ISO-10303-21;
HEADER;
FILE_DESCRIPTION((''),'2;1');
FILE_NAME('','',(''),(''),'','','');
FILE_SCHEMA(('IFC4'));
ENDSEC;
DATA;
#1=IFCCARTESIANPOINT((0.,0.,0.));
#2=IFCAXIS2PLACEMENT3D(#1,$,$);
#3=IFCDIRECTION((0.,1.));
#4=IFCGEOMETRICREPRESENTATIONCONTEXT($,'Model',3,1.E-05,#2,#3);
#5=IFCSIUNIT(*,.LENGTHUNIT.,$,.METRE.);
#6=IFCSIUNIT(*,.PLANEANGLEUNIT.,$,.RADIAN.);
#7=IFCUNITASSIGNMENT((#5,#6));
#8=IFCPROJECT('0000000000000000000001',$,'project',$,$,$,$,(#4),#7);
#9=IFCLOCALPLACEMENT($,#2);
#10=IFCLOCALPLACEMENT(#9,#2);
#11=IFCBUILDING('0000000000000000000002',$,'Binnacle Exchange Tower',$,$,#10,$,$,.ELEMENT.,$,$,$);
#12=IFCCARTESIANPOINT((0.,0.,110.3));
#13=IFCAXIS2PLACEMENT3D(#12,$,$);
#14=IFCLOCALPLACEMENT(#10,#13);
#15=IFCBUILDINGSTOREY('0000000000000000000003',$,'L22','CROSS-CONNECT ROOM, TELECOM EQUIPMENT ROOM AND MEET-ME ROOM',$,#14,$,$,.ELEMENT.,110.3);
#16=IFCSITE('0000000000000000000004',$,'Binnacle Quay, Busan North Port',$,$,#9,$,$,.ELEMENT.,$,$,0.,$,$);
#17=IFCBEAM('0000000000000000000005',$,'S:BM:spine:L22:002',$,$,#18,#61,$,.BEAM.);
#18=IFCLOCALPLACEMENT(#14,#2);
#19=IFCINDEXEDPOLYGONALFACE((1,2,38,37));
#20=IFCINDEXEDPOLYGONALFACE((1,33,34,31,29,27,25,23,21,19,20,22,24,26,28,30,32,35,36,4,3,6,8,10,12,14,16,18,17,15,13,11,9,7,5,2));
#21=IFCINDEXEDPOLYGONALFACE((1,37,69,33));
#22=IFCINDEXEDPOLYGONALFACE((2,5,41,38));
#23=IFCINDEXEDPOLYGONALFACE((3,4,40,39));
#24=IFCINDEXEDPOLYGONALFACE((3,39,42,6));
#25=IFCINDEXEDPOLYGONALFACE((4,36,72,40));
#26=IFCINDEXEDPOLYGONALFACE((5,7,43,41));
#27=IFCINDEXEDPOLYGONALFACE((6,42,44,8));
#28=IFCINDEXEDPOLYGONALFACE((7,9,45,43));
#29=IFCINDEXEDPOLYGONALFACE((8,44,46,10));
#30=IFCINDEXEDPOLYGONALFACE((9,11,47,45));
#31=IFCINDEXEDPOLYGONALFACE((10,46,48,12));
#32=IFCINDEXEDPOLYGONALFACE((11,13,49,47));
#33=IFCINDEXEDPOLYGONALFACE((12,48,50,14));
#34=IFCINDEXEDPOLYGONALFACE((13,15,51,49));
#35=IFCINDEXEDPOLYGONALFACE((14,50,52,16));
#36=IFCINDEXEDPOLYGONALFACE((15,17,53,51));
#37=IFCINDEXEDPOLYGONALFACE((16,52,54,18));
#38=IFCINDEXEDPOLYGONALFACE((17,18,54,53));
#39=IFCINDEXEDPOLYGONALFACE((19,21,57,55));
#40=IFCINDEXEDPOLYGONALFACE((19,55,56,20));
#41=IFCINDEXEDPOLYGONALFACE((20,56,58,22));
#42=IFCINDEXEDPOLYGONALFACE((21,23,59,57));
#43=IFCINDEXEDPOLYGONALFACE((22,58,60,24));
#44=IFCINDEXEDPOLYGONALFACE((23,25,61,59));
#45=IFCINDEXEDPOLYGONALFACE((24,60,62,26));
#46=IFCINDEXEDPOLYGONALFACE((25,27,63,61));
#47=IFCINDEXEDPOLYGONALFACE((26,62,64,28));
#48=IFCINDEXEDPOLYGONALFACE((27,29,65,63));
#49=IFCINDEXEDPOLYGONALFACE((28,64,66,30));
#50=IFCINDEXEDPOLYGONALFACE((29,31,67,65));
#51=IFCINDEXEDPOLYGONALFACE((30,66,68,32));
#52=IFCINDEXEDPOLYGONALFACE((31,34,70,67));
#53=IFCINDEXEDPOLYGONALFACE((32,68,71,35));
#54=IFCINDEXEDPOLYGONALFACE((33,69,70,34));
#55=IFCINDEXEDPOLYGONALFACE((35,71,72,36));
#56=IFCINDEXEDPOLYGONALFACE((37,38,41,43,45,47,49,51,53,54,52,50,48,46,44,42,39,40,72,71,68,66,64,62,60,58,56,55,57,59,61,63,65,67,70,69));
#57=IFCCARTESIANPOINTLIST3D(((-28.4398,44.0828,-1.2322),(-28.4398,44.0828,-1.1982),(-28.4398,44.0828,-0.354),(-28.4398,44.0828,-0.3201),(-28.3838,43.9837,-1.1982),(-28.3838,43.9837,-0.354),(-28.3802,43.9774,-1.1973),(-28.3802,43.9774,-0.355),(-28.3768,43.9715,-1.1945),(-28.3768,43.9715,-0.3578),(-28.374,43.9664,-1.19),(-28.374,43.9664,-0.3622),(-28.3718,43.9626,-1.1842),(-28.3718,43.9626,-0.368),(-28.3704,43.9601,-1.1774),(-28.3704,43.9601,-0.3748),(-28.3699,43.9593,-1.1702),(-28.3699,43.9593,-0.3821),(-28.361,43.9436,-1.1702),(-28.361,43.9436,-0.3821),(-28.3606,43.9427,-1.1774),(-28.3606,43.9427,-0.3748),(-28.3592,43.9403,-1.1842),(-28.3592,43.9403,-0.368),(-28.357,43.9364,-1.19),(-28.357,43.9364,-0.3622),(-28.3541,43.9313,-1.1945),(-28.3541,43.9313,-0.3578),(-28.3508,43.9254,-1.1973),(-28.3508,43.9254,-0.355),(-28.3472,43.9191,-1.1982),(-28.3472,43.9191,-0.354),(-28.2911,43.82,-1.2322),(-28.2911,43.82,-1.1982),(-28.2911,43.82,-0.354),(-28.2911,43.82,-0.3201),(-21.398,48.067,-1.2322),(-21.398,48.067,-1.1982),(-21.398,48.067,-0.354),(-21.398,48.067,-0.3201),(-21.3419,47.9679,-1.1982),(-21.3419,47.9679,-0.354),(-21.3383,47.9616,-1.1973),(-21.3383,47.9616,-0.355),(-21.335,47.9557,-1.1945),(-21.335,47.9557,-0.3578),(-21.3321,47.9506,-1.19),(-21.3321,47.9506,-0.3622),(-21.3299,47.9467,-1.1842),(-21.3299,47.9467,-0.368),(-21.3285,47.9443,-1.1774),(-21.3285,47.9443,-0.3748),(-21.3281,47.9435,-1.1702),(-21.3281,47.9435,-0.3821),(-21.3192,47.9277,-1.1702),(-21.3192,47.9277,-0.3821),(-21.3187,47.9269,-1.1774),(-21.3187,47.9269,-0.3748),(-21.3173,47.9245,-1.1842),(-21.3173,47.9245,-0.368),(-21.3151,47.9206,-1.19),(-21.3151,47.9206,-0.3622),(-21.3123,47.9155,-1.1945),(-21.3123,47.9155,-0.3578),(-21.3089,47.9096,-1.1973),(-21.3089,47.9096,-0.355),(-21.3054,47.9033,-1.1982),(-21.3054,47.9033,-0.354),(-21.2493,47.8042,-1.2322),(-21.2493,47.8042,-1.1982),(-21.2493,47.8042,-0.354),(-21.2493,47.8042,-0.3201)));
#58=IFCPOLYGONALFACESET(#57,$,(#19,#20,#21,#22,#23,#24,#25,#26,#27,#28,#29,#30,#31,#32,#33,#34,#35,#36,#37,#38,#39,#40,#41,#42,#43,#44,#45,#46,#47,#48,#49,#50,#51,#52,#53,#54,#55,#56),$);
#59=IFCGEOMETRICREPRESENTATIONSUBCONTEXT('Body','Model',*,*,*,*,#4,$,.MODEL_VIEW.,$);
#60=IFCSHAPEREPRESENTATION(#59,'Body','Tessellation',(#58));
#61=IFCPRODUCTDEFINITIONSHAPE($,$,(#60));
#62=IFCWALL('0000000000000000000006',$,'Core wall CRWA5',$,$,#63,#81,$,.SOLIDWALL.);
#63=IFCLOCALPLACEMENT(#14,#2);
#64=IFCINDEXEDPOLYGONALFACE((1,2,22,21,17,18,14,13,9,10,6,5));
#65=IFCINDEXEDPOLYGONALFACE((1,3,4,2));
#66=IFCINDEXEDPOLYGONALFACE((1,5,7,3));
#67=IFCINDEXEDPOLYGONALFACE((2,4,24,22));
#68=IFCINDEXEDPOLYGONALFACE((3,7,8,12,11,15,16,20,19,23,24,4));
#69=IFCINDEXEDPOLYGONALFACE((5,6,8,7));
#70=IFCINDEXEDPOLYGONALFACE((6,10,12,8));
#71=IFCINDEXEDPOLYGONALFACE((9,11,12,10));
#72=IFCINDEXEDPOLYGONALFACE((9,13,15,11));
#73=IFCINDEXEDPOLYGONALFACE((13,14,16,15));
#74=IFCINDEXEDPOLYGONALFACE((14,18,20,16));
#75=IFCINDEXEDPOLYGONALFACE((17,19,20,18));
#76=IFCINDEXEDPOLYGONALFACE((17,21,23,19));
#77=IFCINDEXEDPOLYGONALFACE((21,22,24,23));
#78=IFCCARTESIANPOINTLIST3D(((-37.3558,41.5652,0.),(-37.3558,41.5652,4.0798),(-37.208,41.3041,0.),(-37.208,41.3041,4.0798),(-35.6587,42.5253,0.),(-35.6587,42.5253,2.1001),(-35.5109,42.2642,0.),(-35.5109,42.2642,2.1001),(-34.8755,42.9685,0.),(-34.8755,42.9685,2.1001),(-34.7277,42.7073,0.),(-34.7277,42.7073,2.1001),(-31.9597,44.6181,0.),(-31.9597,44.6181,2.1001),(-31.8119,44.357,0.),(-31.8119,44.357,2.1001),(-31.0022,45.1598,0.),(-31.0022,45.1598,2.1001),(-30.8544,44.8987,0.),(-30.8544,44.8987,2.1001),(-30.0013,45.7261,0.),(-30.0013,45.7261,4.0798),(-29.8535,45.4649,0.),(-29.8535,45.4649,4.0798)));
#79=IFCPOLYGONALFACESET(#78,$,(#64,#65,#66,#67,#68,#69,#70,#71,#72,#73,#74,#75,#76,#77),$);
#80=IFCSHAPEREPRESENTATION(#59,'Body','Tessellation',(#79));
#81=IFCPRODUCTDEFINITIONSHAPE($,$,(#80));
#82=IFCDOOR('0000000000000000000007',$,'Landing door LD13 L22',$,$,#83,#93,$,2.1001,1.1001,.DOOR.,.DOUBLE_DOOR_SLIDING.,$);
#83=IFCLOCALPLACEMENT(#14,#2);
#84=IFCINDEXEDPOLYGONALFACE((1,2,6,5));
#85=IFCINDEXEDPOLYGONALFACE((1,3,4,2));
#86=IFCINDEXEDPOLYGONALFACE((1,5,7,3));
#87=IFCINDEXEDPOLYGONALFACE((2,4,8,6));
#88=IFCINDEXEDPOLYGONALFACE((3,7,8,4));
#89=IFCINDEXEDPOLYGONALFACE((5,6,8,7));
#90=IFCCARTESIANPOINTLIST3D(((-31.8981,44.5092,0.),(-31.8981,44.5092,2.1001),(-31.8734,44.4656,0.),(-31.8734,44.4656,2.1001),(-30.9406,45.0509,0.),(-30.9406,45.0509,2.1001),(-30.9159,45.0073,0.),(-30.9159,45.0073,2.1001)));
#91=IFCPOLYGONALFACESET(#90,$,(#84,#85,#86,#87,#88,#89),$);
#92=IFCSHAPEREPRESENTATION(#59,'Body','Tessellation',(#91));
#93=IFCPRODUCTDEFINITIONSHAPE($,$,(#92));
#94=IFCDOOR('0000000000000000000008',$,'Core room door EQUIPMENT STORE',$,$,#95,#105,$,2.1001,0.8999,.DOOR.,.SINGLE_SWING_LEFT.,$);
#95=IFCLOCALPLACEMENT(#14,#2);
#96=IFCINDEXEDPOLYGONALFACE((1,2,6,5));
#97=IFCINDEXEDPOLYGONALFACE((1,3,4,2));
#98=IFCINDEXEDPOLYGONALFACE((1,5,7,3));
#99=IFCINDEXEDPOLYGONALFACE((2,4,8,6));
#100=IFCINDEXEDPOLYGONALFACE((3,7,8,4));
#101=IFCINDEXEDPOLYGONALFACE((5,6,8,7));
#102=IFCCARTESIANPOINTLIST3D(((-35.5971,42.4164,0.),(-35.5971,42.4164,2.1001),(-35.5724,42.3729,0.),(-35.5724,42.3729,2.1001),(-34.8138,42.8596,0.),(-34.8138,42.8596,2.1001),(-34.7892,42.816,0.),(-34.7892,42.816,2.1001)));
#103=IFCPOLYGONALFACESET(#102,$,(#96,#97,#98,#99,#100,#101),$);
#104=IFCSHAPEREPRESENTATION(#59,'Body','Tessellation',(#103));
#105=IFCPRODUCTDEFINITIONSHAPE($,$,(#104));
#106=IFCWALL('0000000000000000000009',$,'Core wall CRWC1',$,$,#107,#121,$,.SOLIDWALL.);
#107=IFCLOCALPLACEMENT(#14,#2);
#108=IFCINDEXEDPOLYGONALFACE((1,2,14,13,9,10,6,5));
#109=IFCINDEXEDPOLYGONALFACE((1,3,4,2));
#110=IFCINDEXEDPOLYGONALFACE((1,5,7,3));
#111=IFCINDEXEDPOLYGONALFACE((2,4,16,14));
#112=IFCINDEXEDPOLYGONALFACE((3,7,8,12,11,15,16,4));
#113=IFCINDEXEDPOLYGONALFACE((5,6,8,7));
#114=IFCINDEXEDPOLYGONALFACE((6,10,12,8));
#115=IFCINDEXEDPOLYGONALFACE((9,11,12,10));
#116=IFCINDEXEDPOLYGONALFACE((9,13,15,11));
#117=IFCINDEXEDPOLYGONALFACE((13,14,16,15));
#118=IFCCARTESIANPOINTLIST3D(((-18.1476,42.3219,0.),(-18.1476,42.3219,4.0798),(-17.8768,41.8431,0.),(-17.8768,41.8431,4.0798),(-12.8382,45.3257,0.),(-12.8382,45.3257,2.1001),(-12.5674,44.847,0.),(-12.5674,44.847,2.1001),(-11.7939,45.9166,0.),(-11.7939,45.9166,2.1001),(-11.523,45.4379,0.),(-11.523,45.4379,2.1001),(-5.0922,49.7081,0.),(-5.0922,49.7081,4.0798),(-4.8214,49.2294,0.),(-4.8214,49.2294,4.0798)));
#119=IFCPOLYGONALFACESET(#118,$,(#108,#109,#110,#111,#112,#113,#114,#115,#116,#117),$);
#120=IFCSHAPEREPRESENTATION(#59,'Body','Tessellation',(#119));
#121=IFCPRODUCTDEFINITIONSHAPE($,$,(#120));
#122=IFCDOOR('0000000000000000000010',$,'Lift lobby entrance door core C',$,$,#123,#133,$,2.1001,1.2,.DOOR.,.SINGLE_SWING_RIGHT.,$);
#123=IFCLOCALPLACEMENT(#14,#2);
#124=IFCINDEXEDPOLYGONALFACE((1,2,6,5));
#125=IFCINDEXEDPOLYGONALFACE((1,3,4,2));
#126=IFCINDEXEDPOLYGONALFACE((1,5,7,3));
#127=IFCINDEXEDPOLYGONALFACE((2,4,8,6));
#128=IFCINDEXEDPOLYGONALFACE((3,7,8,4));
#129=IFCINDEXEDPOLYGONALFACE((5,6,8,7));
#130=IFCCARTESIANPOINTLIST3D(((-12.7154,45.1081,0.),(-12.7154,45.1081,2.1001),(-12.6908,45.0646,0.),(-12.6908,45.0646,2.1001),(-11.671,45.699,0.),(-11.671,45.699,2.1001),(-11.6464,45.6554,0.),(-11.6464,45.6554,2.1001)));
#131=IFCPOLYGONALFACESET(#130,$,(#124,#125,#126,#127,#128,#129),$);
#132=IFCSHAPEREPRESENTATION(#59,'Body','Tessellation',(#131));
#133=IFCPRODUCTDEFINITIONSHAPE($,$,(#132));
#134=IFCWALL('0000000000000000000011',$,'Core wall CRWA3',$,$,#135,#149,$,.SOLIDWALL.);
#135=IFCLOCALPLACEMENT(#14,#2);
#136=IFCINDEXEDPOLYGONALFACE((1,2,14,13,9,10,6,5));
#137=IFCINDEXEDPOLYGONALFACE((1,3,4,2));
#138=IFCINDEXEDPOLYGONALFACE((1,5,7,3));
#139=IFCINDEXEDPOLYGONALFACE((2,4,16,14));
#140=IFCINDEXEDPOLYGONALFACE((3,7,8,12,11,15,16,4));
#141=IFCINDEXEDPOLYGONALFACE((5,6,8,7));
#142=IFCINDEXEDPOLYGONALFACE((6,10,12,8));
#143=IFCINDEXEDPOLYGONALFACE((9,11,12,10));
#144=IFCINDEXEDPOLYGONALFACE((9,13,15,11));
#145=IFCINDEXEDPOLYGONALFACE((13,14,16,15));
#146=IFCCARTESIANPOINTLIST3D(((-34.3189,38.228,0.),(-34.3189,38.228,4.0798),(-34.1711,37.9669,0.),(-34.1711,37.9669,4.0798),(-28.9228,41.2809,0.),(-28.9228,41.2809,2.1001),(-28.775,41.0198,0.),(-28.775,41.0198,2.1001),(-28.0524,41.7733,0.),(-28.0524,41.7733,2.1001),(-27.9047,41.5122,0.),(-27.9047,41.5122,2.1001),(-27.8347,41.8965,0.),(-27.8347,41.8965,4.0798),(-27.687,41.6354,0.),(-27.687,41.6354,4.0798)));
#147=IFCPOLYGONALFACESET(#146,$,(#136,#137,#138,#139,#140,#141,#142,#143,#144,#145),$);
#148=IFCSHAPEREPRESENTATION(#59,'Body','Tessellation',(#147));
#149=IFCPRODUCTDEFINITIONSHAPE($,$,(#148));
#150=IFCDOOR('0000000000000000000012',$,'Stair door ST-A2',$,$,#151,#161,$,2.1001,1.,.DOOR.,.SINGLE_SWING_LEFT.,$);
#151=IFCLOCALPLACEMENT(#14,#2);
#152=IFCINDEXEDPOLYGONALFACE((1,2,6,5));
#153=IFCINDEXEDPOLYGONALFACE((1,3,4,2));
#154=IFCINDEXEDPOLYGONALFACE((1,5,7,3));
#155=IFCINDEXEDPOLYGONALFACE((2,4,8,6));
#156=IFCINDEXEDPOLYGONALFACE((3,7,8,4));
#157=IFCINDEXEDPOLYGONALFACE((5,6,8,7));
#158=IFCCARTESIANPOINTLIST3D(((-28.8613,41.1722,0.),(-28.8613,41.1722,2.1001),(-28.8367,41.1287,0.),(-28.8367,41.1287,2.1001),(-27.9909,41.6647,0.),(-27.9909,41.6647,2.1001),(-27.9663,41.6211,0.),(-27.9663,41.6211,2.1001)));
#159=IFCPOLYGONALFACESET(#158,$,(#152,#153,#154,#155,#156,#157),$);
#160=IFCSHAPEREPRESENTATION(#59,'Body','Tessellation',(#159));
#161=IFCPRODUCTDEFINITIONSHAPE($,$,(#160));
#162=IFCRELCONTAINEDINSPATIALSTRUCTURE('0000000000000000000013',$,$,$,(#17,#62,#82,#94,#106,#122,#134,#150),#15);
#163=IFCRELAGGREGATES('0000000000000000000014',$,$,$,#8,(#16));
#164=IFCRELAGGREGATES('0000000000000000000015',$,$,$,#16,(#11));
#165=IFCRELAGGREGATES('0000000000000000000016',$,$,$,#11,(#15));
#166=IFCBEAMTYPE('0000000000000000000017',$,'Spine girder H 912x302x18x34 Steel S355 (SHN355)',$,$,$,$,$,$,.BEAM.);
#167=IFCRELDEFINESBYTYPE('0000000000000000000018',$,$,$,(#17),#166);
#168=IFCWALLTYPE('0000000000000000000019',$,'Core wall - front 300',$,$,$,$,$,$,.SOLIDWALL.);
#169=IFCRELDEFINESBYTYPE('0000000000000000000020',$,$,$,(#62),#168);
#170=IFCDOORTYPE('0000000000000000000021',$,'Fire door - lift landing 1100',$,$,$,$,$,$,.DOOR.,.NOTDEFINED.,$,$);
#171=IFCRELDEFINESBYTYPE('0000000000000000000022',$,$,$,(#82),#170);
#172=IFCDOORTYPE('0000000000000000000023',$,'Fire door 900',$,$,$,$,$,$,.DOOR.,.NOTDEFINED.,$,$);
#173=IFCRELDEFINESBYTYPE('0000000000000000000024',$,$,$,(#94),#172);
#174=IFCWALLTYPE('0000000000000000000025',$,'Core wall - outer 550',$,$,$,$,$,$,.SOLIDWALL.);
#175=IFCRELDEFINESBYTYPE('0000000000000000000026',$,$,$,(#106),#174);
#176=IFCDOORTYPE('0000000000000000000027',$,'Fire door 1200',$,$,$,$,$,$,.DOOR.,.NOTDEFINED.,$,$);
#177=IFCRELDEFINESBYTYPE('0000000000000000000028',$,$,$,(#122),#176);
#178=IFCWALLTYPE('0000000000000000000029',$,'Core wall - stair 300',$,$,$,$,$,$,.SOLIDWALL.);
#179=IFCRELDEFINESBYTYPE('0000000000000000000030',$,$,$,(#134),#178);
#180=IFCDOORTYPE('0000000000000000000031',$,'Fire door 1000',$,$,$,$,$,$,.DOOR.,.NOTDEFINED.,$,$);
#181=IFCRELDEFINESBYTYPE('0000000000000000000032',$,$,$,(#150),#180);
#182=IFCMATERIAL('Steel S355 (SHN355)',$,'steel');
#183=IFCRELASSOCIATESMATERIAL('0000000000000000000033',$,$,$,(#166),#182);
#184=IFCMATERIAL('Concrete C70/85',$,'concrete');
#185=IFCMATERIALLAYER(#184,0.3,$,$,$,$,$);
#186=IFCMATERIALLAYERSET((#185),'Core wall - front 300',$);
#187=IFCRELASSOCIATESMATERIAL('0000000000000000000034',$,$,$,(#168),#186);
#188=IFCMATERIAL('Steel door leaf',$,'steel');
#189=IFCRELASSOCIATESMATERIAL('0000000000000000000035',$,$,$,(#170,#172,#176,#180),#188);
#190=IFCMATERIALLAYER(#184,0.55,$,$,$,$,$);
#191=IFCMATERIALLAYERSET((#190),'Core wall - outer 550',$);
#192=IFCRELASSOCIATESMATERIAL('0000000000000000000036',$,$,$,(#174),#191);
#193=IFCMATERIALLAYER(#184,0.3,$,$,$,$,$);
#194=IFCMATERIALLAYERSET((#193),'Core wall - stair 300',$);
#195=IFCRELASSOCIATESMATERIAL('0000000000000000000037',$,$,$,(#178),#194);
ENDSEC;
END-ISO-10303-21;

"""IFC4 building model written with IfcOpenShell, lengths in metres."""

from ifc_helpers import new_model, si_unit, direction, frame, frame_2d, origin, origin_2d, place, context, subcontext, project, spatial, rectangle, i_section, extrude, material, layer, layer_set, material_profile, profile_set, type_object, element, fill, save


model = new_model("IFC4")

# Units and contexts
model_context = context("Model", 3, precision=1e-05, world=origin(), true_north=direction((0.0, 1.0)))
body_context = subcontext(model_context, "Body", "Model", "MODEL_VIEW")
ifc_project = project(units=[si_unit("LENGTHUNIT", "METRE"), si_unit("PLANEANGLEUNIT", "RADIAN")], contexts=[model_context])

# Site, building, storey
site_placement = place(None, origin())
site = spatial("IfcSite", under=ifc_project, at=site_placement, Name="Binnacle Quay, Busan North Port", CompositionType="ELEMENT", RefElevation=0.0)
building_placement = place(site_placement, origin())
building = spatial("IfcBuilding", under=site, at=building_placement, Name="Binnacle Exchange Tower", CompositionType="ELEMENT")
storey_placement = place(building_placement, frame((0.0, 0.0, 110.3)))
storey = spatial("IfcBuildingStorey", under=building, at=storey_placement, Name="L22", Description="CROSS-CONNECT ROOM, TELECOM EQUIPMENT ROOM AND MEET-ME ROOM", CompositionType="ELEMENT", Elevation=110.3)

# Shared definitions
ifc_material_1 = material(Name="Concrete C70/85", Category="concrete")

# Beam
ifc_material_2 = material(Name="Steel S355 (SHN355)", Category="steel")
ifc_material_profile_1 = material_profile(ifc_material_2, i_section(OverallWidth=0.302, OverallDepth=0.9121, WebThickness=0.0181, FlangeThickness=0.0339, FilletRadius=0.0281, at=origin_2d()), Name="H 912x302x18x34")
ifc_profile_set_1 = profile_set([ifc_material_profile_1], Name="Steel S355 (SHN355)")
beam_type_1 = type_object("IfcBeamType", Name="Spine girder H 912x302x18x34 Steel S355 (SHN355)", PredefinedType="BEAM", material=ifc_profile_set_1)
beam_1_placement = place(storey_placement, frame((-28.3655, 43.9514, -0.7761), z_axis=(0.87035, 0.492433, 0.0), x_axis=(-0.492433, 0.87035, 0.0)))
element("IfcBeam", 1, at=beam_1_placement, inside=storey, type_object=beam_type_1, Name="S:BM:spine:L22:002", PredefinedType="BEAM", context=body_context, shape_type="SweptSolid", body=[
    extrude(i_section(OverallWidth=0.302, OverallDepth=0.9121, WebThickness=0.0181, FlangeThickness=0.0339, FilletRadius=0.0281, at=origin_2d()), origin(), (0.0, 0.0, 1.0), 8.0908),
])

# Wall, openings, doors
ifc_layer_1 = layer(ifc_material_1, 0.3)
ifc_layer_set_1 = layer_set([ifc_layer_1], Name="Core wall - front 300")
wall_type_1 = type_object("IfcWallType", Name="Core wall - front 300", PredefinedType="SOLIDWALL", material=ifc_layer_set_1)
wall_1_placement = place(storey_placement, frame((-37.282, 41.4346, 0.0), z_axis=(0.0, 0.0, 1.0), x_axis=(0.87036, 0.492416, 0.0)))
wall_1 = element("IfcWall", 2, at=wall_1_placement, inside=storey, type_object=wall_type_1, Name="Core wall CRWA5", PredefinedType="SOLIDWALL", context=body_context, shape_type="SweptSolid", body=[
    extrude(rectangle(XDim=8.45, YDim=0.3, at=frame_2d((4.2251, 0.0))), origin(), (0.0, 0.0, 1.0), 4.0798),
])
opening_1_placement = place(wall_1_placement, frame((6.2, 0.0, 0.0)))
opening_1 = element("IfcOpeningElement", 3, at=opening_1_placement, cuts=wall_1, PredefinedType="OPENING", context=body_context, shape_type="SweptSolid", body=[
    extrude(rectangle(XDim=1.1001, YDim=2.1001, at=frame_2d((0.55, 1.05))), frame((0.0, 0.1599, 0.0), z_axis=(0.0, -1.0, 0.0), x_axis=(1.0, 0.0, 0.0)), (0.0, 0.0, 1.0), 0.3201),
])
opening_2_placement = place(wall_1_placement, frame((1.95, 0.0, 0.0)))
opening_2 = element("IfcOpeningElement", 4, at=opening_2_placement, cuts=wall_1, PredefinedType="OPENING", context=body_context, shape_type="SweptSolid", body=[
    extrude(rectangle(XDim=0.8999, YDim=2.1001, at=frame_2d((0.45, 1.05))), frame((0.0, 0.1599, 0.0), z_axis=(0.0, -1.0, 0.0), x_axis=(1.0, 0.0, 0.0)), (0.0, 0.0, 1.0), 0.3201),
])
ifc_material_3 = material(Name="Steel door leaf", Category="steel")
door_type_1 = type_object("IfcDoorType", Name="Fire door - lift landing 1100", OperationType="NOTDEFINED", PredefinedType="DOOR", material=ifc_material_3)
door_1_placement = place(opening_1_placement, origin())
door_1 = element("IfcDoor", 5, at=door_1_placement, inside=storey, type_object=door_type_1, Name="Landing door LD13 L22", OperationType="DOUBLE_DOOR_SLIDING", OverallHeight=2.1001, OverallWidth=1.1001, PredefinedType="DOOR", context=body_context, shape_type="SweptSolid", body=[
    extrude(rectangle(XDim=1.1001, YDim=2.1001, at=frame_2d((0.55, 1.05))), frame((0.0, 0.0249, 0.0), z_axis=(0.0, -1.0, 0.0), x_axis=(1.0, 0.0, 0.0)), (0.0, 0.0, 1.0), 0.05),
])
fill(opening_1, door_1)
door_type_2 = type_object("IfcDoorType", Name="Fire door 900", OperationType="NOTDEFINED", PredefinedType="DOOR", material=ifc_material_3)
door_2_placement = place(opening_2_placement, origin())
door_2 = element("IfcDoor", 6, at=door_2_placement, inside=storey, type_object=door_type_2, Name="Core room door EQUIPMENT STORE", OperationType="SINGLE_SWING_LEFT", OverallHeight=2.1001, OverallWidth=0.8999, PredefinedType="DOOR", context=body_context, shape_type="SweptSolid", body=[
    extrude(rectangle(XDim=0.8999, YDim=2.1001, at=frame_2d((0.45, 1.05))), frame((0.0, 0.0249, 0.0), z_axis=(0.0, -1.0, 0.0), x_axis=(1.0, 0.0, 0.0)), (0.0, 0.0, 1.0), 0.05),
])
fill(opening_2, door_2)

# Walls, openings, doors
ifc_layer_2 = layer(ifc_material_1, 0.55)
ifc_layer_set_2 = layer_set([ifc_layer_2], Name="Core wall - outer 550")
wall_type_2 = type_object("IfcWallType", Name="Core wall - outer 550", PredefinedType="SOLIDWALL", material=ifc_layer_set_2)
wall_2_placement = place(storey_placement, frame((-18.0122, 42.0825, 0.0), z_axis=(0.0, 0.0, 1.0), x_axis=(0.870361, 0.492415, 0.0)))
wall_2 = element("IfcWall", 7, at=wall_2_placement, inside=storey, type_object=wall_type_2, Name="Core wall CRWC1", PredefinedType="SOLIDWALL", context=body_context, shape_type="SweptSolid", body=[
    extrude(rectangle(XDim=15.0, YDim=0.55, at=frame_2d((7.5, 0.0))), origin(), (0.0, 0.0, 1.0), 4.0798),
])
opening_3_placement = place(wall_2_placement, frame((6.1001, 0.0, 0.0)))
opening_3 = element("IfcOpeningElement", 8, at=opening_3_placement, cuts=wall_2, PredefinedType="OPENING", context=body_context, shape_type="SweptSolid", body=[
    extrude(rectangle(XDim=1.2, YDim=2.1001, at=frame_2d((0.6001, 1.05))), frame((0.0, 0.2849, 0.0), z_axis=(0.0, -1.0, 0.0), x_axis=(1.0, 0.0, 0.0)), (0.0, 0.0, 1.0), 0.5701),
])
door_type_3 = type_object("IfcDoorType", Name="Fire door 1200", OperationType="NOTDEFINED", PredefinedType="DOOR", material=ifc_material_3)
door_3_placement = place(opening_3_placement, frame((1.2, 0.0, 0.0), z_axis=(0.0, 0.0, 1.0), x_axis=(-1.0, 0.0, 0.0)))
door_3 = element("IfcDoor", 9, at=door_3_placement, inside=storey, type_object=door_type_3, Name="Lift lobby entrance door core C", OperationType="SINGLE_SWING_RIGHT", OverallHeight=2.1001, OverallWidth=1.2, PredefinedType="DOOR", context=body_context, shape_type="SweptSolid", body=[
    extrude(rectangle(XDim=1.2, YDim=2.1001, at=frame_2d((0.6001, 1.05))), frame((0.0, 0.0249, 0.0), z_axis=(0.0, -1.0, 0.0), x_axis=(1.0, 0.0, 0.0)), (0.0, 0.0, 1.0), 0.05),
])
fill(opening_3, door_3)
ifc_layer_3 = layer(ifc_material_1, 0.3)
ifc_layer_set_3 = layer_set([ifc_layer_3], Name="Core wall - stair 300")
wall_type_3 = type_object("IfcWallType", Name="Core wall - stair 300", PredefinedType="SOLIDWALL", material=ifc_layer_set_3)
wall_3_placement = place(storey_placement, frame((-34.2451, 38.0974, 0.0), z_axis=(0.0, 0.0, 1.0), x_axis=(0.870361, 0.492415, 0.0)))
wall_3 = element("IfcWall", 10, at=wall_3_placement, inside=storey, type_object=wall_type_3, Name="Core wall CRWA3", PredefinedType="SOLIDWALL", context=body_context, shape_type="SweptSolid", body=[
    extrude(rectangle(XDim=7.45, YDim=0.3, at=frame_2d((3.7251, 0.0))), origin(), (0.0, 0.0, 1.0), 4.0798),
])
opening_4_placement = place(wall_3_placement, frame((6.2, 0.0, 0.0)))
opening_4 = element("IfcOpeningElement", 11, at=opening_4_placement, cuts=wall_3, PredefinedType="OPENING", context=body_context, shape_type="SweptSolid", body=[
    extrude(rectangle(XDim=1.0, YDim=2.1001, at=frame_2d((0.5, 1.05))), frame((0.0, 0.1599, 0.0), z_axis=(0.0, -1.0, 0.0), x_axis=(1.0, 0.0, 0.0)), (0.0, 0.0, 1.0), 0.3201),
])
door_type_4 = type_object("IfcDoorType", Name="Fire door 1000", OperationType="NOTDEFINED", PredefinedType="DOOR", material=ifc_material_3)
door_4_placement = place(opening_4_placement, frame((1.0, 0.0, 0.0), z_axis=(0.0, 0.0, 1.0), x_axis=(-1.0, 0.0, 0.0)))
door_4 = element("IfcDoor", 12, at=door_4_placement, inside=storey, type_object=door_type_4, Name="Stair door ST-A2", OperationType="SINGLE_SWING_LEFT", OverallHeight=2.1001, OverallWidth=1.0, PredefinedType="DOOR", context=body_context, shape_type="SweptSolid", body=[
    extrude(rectangle(XDim=1.0, YDim=2.1001, at=frame_2d((0.5, 1.05))), frame((0.0, 0.0249, 0.0), z_axis=(0.0, -1.0, 0.0), x_axis=(1.0, 0.0, 0.0)), (0.0, 0.0, 1.0), 0.05),
])
fill(opening_4, door_4)

save(model, "model.ifc")
